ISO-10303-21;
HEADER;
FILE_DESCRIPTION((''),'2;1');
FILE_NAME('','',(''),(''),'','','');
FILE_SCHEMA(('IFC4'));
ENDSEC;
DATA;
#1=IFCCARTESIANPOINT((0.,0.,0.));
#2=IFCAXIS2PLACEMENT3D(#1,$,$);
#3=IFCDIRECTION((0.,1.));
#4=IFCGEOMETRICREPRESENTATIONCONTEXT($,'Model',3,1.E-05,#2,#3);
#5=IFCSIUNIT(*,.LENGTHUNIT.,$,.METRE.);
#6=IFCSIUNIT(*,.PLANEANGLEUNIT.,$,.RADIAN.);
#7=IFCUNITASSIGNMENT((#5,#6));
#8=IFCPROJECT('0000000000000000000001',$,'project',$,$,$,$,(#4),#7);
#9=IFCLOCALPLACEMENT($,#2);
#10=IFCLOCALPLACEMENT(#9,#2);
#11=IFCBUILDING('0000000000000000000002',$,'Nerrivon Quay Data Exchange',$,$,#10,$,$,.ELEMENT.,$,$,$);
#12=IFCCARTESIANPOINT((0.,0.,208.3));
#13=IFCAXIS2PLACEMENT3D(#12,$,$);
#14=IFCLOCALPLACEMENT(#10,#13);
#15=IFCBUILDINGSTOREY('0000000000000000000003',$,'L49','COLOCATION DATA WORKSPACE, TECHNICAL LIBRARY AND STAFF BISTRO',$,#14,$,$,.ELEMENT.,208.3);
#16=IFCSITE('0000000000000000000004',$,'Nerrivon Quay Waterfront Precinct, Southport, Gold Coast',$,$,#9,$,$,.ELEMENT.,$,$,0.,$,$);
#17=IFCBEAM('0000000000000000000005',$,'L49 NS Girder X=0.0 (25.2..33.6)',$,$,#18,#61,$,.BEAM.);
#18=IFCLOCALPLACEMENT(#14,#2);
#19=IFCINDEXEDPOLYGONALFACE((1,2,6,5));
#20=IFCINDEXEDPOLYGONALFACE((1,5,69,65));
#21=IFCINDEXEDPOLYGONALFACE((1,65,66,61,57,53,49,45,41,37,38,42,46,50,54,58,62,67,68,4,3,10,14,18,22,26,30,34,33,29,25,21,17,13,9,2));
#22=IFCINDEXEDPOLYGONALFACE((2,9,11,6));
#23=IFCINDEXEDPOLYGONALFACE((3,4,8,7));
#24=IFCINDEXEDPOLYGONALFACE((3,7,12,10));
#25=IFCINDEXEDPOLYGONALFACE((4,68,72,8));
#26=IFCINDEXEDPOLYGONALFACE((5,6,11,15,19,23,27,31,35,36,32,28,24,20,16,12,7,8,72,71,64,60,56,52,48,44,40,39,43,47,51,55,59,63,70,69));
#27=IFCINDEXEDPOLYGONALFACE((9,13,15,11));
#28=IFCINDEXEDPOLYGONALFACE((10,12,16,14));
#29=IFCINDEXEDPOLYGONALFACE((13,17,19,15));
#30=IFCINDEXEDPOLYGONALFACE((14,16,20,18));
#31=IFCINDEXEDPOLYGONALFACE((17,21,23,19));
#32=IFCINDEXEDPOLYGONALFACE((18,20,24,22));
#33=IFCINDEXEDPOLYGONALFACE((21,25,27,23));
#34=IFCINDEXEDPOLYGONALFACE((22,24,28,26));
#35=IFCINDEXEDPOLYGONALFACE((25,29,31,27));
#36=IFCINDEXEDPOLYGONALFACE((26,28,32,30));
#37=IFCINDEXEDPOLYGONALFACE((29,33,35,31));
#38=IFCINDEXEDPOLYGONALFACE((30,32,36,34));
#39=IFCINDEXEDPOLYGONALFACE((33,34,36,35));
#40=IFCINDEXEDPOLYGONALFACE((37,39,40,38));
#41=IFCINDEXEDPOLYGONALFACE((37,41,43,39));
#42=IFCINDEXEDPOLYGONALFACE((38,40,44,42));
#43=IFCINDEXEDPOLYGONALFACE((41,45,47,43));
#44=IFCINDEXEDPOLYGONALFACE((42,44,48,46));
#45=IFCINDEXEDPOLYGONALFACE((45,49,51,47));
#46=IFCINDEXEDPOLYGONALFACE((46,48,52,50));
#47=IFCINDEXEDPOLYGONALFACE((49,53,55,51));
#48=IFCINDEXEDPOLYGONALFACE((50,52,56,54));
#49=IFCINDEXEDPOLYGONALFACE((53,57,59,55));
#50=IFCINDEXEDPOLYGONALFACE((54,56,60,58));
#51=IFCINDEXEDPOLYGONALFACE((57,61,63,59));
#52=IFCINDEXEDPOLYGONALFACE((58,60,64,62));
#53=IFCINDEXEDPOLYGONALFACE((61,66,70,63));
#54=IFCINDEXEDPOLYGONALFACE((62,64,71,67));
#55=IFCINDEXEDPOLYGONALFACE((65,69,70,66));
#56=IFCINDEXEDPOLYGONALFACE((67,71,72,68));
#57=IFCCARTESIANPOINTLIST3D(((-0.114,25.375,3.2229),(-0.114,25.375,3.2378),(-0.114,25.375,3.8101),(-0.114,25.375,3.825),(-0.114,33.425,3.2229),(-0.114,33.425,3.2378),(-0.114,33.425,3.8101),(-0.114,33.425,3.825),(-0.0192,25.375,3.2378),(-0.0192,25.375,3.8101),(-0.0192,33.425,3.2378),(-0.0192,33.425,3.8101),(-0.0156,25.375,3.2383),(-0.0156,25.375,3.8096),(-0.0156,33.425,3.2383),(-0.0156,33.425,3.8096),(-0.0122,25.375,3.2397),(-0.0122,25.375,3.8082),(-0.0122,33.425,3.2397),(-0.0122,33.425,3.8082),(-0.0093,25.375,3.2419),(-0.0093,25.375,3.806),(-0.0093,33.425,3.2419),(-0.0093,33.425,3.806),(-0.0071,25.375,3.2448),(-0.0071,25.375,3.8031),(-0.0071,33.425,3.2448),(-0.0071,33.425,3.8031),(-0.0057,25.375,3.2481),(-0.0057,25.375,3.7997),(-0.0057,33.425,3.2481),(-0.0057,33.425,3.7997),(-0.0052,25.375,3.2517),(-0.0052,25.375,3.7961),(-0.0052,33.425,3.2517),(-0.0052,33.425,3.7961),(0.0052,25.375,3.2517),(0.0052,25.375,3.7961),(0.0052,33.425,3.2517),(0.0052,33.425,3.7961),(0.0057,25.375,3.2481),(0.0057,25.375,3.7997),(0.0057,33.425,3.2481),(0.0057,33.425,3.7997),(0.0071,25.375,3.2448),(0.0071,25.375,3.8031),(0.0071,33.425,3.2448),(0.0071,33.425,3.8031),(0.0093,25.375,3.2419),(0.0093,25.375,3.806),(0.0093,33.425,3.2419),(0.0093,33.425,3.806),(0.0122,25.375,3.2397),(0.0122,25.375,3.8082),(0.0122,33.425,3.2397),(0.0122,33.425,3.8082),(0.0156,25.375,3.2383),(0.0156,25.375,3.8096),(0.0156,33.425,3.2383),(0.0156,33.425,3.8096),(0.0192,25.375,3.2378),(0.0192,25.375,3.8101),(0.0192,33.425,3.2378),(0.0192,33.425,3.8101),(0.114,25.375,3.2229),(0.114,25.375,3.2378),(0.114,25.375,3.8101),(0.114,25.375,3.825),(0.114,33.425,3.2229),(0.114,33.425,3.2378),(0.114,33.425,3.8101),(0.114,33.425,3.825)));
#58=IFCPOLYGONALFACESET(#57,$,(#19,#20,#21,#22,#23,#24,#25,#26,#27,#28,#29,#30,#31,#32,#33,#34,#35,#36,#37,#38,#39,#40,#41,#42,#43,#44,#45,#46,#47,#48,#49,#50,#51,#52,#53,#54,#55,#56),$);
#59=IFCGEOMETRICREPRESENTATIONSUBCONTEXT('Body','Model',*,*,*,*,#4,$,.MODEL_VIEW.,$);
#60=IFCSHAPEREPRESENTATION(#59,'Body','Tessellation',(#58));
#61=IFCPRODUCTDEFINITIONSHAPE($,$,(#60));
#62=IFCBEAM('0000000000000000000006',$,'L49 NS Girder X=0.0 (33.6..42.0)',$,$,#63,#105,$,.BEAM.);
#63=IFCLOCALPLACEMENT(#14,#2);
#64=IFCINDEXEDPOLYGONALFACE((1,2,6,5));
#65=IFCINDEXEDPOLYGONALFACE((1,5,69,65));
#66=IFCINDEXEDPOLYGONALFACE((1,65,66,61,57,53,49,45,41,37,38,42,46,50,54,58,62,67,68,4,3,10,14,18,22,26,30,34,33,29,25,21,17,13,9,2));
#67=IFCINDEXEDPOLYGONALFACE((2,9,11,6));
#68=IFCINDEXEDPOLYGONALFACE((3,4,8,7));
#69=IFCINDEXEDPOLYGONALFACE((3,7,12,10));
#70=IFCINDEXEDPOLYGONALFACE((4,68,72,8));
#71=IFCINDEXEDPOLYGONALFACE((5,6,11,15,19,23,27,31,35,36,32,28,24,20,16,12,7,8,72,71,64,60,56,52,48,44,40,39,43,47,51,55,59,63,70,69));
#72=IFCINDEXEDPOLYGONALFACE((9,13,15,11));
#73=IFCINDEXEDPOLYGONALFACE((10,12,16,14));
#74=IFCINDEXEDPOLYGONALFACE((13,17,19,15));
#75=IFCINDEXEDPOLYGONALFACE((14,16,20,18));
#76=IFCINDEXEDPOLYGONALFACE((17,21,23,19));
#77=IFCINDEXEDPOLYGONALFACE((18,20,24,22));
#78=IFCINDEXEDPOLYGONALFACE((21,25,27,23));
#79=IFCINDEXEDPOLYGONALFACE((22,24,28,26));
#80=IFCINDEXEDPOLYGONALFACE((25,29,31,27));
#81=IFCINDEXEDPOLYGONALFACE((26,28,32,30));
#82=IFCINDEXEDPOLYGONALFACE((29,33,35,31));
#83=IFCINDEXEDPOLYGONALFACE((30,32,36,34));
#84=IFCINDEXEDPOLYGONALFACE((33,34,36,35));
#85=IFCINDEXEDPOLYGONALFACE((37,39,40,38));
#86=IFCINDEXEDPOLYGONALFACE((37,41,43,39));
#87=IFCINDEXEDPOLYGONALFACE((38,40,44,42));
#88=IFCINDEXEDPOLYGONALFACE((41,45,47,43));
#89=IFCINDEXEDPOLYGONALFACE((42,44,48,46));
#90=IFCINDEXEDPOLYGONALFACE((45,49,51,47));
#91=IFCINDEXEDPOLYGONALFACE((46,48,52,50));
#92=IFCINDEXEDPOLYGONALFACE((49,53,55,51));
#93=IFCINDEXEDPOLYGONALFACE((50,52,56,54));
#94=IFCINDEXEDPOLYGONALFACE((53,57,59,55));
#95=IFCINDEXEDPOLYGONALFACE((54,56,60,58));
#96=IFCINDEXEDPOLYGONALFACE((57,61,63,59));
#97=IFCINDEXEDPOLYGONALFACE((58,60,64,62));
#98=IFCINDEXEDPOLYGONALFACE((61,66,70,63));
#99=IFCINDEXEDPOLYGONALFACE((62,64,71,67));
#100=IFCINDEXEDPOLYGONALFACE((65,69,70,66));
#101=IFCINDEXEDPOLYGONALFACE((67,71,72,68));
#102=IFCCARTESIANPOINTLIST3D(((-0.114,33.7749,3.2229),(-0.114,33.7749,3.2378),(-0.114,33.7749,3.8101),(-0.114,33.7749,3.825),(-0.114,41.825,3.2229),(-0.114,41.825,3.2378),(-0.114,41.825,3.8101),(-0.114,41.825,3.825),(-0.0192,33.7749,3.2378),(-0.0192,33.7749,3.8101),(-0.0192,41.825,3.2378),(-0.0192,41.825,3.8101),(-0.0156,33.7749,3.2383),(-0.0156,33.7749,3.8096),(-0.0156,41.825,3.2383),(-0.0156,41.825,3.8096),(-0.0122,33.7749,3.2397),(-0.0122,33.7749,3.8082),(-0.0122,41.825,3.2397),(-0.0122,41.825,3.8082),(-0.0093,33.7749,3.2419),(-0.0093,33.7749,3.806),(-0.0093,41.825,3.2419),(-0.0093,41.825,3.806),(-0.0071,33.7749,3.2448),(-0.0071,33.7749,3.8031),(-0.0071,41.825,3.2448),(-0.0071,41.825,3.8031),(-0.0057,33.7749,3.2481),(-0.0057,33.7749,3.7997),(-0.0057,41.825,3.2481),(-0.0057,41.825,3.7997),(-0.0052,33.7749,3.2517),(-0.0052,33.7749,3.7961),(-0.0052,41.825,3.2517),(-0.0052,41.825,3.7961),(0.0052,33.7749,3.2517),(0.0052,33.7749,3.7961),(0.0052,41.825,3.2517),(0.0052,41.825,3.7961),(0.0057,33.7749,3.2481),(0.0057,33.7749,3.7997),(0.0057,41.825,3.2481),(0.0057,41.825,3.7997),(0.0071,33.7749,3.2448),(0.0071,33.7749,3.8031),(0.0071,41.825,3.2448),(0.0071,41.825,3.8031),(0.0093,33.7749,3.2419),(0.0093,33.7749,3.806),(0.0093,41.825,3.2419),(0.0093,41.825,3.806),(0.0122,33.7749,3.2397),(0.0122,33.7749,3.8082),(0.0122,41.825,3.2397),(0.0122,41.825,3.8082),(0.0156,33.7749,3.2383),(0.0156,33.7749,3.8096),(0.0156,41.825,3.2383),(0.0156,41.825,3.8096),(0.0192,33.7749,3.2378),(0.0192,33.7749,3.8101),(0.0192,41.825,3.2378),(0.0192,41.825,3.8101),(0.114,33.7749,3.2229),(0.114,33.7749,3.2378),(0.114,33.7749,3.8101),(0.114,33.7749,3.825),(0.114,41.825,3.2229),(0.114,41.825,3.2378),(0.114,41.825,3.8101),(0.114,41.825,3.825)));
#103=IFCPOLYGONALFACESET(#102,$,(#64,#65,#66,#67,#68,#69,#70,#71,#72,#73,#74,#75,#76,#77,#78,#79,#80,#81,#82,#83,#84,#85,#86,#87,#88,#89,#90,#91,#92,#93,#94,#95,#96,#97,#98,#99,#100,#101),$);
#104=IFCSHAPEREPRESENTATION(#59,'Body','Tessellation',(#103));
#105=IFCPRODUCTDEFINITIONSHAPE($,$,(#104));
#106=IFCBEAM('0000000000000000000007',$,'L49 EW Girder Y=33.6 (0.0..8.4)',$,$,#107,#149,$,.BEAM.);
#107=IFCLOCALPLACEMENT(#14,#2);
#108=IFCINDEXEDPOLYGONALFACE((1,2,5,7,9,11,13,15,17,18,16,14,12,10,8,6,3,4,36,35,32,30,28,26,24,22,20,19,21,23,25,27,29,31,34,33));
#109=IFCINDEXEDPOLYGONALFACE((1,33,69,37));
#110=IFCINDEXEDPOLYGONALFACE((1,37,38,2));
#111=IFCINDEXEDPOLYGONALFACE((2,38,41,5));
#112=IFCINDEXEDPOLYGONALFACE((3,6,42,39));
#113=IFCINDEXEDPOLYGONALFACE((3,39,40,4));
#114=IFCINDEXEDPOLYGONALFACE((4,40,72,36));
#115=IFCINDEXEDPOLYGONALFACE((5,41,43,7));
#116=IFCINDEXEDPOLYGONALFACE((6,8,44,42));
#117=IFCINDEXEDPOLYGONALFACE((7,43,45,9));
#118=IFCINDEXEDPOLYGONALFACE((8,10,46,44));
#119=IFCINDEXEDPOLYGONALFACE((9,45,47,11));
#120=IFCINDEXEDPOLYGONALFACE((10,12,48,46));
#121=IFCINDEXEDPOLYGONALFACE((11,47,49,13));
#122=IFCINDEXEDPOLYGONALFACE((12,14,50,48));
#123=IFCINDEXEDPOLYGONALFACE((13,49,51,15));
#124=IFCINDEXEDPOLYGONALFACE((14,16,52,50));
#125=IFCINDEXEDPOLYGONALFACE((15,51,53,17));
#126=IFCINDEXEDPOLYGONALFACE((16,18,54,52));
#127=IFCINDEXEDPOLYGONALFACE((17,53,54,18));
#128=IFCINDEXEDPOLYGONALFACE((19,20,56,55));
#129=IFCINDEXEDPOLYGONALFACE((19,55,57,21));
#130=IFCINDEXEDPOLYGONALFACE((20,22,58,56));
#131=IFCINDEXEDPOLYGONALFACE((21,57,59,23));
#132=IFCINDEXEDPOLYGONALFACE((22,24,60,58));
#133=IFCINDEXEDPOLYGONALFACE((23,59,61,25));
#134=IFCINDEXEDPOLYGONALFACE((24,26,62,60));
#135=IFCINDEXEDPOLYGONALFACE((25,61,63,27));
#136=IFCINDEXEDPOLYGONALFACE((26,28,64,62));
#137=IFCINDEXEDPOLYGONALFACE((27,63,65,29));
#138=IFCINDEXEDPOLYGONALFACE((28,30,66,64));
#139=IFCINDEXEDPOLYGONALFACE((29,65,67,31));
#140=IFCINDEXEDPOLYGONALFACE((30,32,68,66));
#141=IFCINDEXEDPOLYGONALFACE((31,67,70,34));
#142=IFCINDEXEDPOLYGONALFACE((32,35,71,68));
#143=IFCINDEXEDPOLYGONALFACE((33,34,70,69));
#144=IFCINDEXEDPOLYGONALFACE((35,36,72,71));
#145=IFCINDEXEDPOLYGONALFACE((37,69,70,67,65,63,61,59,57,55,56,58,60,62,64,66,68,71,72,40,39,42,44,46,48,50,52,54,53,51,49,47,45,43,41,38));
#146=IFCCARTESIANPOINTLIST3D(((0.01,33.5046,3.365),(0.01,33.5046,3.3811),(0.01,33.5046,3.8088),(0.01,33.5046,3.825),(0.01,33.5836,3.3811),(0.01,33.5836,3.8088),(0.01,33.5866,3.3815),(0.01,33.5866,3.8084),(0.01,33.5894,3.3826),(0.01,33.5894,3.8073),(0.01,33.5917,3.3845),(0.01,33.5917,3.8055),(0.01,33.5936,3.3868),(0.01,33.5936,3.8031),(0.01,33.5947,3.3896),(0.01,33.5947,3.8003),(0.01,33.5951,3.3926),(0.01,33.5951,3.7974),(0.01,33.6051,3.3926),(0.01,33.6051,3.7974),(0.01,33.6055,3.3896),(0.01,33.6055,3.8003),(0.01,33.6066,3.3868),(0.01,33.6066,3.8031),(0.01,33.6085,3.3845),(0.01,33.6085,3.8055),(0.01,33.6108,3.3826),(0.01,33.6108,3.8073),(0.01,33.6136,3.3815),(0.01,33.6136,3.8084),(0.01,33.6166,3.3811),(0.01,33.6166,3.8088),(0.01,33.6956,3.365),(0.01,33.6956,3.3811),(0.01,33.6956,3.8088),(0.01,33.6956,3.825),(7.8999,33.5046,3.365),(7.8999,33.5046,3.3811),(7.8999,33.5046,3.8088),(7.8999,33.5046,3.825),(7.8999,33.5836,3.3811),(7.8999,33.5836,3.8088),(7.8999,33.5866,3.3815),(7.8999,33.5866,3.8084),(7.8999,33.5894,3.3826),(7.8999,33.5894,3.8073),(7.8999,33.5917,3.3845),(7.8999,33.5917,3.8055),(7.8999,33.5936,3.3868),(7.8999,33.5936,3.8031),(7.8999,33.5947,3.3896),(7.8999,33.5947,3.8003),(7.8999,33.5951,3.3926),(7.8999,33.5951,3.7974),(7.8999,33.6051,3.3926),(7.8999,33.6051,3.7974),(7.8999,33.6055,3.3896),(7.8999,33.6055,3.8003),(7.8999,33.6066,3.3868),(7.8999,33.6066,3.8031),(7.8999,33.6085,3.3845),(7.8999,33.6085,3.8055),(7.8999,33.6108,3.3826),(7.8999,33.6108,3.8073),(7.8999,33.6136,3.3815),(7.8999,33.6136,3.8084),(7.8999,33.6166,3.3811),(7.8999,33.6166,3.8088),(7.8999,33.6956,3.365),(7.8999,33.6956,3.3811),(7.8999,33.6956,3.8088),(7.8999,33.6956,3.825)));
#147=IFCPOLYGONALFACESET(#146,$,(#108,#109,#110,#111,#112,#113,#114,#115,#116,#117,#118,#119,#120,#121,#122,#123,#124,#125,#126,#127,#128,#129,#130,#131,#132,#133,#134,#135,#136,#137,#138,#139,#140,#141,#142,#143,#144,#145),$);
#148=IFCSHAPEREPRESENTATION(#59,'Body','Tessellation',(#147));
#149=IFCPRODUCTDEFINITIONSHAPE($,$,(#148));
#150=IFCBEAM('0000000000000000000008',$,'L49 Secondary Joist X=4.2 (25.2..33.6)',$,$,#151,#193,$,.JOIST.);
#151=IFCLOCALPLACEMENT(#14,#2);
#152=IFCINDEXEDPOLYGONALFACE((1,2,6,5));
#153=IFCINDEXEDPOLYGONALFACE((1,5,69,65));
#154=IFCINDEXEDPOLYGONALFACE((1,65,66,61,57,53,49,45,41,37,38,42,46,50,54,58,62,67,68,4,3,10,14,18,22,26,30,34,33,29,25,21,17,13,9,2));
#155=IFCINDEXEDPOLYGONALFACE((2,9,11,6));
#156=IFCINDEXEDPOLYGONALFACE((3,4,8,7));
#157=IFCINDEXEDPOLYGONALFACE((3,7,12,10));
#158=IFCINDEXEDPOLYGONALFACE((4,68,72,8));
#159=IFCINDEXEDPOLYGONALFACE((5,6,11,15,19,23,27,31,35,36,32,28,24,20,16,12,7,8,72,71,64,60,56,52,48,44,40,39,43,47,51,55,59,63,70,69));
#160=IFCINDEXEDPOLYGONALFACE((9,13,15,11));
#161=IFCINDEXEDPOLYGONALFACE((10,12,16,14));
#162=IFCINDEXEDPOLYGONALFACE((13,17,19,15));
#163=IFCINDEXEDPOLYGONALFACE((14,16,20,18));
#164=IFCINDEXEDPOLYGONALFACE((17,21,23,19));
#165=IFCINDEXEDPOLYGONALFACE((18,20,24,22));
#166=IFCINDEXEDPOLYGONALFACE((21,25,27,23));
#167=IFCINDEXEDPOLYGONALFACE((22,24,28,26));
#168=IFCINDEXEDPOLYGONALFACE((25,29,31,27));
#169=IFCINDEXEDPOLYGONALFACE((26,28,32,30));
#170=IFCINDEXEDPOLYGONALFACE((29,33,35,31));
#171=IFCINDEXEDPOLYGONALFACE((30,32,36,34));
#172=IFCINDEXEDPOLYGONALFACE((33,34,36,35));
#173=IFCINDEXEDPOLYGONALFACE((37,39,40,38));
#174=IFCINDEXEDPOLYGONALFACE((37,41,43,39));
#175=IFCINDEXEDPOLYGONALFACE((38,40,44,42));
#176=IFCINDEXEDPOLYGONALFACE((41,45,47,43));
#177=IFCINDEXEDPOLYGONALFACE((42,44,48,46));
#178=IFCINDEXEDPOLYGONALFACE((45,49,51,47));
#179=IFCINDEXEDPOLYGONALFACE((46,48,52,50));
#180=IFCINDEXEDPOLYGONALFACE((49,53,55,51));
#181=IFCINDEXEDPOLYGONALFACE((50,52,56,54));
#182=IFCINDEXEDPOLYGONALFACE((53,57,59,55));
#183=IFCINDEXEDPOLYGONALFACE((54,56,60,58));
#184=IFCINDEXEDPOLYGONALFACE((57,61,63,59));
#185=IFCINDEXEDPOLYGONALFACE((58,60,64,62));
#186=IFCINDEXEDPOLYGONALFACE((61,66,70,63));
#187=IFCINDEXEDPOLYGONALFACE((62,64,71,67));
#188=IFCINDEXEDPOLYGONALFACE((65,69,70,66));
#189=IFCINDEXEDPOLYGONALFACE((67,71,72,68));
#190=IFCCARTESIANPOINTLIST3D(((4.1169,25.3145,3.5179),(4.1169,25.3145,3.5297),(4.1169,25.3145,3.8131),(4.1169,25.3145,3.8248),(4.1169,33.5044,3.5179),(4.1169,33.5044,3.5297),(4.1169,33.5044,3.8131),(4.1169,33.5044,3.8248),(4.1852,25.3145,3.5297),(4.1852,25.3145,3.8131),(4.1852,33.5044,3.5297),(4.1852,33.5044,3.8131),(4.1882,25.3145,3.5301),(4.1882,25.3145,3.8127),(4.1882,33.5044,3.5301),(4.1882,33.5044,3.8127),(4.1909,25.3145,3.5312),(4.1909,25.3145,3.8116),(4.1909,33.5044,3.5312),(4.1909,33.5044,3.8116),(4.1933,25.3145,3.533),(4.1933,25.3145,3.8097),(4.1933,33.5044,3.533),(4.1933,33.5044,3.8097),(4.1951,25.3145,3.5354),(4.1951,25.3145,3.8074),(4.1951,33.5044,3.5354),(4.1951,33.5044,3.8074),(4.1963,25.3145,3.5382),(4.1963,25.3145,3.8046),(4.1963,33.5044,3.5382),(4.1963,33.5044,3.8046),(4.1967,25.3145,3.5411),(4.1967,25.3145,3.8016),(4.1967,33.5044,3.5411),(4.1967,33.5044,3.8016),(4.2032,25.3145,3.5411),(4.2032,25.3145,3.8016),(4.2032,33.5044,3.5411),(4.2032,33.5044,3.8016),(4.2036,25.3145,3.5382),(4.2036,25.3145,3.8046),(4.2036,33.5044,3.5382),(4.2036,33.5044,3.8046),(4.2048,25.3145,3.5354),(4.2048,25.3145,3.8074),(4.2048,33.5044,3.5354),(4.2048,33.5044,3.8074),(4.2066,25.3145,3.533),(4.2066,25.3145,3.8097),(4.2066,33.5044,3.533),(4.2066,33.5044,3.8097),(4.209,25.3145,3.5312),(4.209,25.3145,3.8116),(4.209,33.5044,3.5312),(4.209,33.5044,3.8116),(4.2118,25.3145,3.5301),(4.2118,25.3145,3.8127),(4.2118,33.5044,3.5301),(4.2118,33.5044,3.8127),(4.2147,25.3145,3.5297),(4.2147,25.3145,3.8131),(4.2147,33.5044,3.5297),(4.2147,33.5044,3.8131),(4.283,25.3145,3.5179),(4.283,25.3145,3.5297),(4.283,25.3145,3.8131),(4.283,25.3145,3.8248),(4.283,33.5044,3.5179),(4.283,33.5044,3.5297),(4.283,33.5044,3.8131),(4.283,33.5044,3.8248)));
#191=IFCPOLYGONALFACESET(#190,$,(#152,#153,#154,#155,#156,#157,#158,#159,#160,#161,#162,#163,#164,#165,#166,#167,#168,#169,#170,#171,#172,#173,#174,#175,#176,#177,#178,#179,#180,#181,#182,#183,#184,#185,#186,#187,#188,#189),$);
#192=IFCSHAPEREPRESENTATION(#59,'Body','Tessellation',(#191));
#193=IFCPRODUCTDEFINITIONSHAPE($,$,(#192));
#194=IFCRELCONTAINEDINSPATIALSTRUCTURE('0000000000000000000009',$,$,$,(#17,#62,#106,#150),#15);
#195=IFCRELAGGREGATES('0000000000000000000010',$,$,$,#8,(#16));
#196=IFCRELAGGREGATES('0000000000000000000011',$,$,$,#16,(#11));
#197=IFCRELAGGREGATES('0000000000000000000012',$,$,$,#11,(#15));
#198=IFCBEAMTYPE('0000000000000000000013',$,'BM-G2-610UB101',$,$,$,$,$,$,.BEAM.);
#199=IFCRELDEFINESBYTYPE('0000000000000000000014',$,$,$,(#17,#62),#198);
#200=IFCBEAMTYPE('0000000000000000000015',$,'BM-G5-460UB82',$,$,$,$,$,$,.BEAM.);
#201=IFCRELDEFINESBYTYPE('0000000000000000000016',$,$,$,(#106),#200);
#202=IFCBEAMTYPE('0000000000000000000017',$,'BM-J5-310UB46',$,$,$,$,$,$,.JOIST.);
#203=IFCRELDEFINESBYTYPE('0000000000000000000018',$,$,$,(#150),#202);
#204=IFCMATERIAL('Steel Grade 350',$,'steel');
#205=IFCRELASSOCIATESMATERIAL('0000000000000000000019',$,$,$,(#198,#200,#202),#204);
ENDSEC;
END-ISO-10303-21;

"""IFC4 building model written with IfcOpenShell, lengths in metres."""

from ifc_helpers import new_model, si_unit, direction, frame, origin, origin_2d, place, context, subcontext, project, spatial, i_section, extrude, material, material_profile, profile_set, type_object, element, save


model = new_model("IFC4")

# Units and contexts
model_context = context("Model", 3, precision=1e-05, world=origin(), true_north=direction((0.0, 1.0)))
body_context = subcontext(model_context, "Body", "Model", "MODEL_VIEW")
ifc_project = project(units=[si_unit("LENGTHUNIT", "METRE"), si_unit("PLANEANGLEUNIT", "RADIAN")], contexts=[model_context])

# Site, building, storey
site_placement = place(None, origin())
site = spatial("IfcSite", under=ifc_project, at=site_placement, Name="Nerrivon Quay Waterfront Precinct, Southport, Gold Coast", CompositionType="ELEMENT", RefElevation=0.0)
building_placement = place(site_placement, origin())
building = spatial("IfcBuilding", under=site, at=building_placement, Name="Nerrivon Quay Data Exchange", CompositionType="ELEMENT")
storey_placement = place(building_placement, frame((0.0, 0.0, 208.3)))
storey = spatial("IfcBuildingStorey", under=building, at=storey_placement, Name="L49", Description="COLOCATION DATA WORKSPACE, TECHNICAL LIBRARY AND STAFF BISTRO", CompositionType="ELEMENT", Elevation=208.3)

# Shared definitions
ifc_material_1 = material(Name="Steel Grade 350", Category="steel")

# Beams
ifc_material_profile_1 = material_profile(ifc_material_1, i_section(OverallWidth=0.228, OverallDepth=0.6021, WebThickness=0.0105, FlangeThickness=0.0149, FilletRadius=0.0139, at=origin_2d()), Name="610UB101")
ifc_profile_set_1 = profile_set([ifc_material_profile_1], Name="Steel Grade 350")
beam_type_1 = type_object("IfcBeamType", Name="BM-G2-610UB101", PredefinedType="BEAM", material=ifc_profile_set_1)
for number, where, z_axis, x_axis, name in (
    (1, (0.0, 25.375, 3.5239), (0.0, 1.0, 0.0), (-1.0, 0.0, 0.0), "L49 NS Girder X=0.0 (25.2..33.6)"),
    (2, (0.0, 33.7749, 3.5239), (0.0, 1.0, 0.0), (-1.0, 0.0, 0.0), "L49 NS Girder X=0.0 (33.6..42.0)"),
):
    element("IfcBeam", number, at=place(storey_placement, frame(where, z_axis=z_axis, x_axis=x_axis)), inside=storey, type_object=beam_type_1, Name=name, PredefinedType="BEAM", context=body_context, shape_type="SweptSolid", body=[
        extrude(i_section(OverallWidth=0.228, OverallDepth=0.6021, WebThickness=0.0105, FlangeThickness=0.0149, FilletRadius=0.0139, at=origin_2d()), origin(), (0.0, 0.0, 1.0), 8.05),
    ])
ifc_material_profile_2 = material_profile(ifc_material_1, i_section(OverallWidth=0.1909, OverallDepth=0.46, WebThickness=0.01, FlangeThickness=0.0161, FilletRadius=0.0115, at=origin_2d()), Name="460UB82.1")
ifc_profile_set_2 = profile_set([ifc_material_profile_2], Name="Steel Grade 350")
beam_type_2 = type_object("IfcBeamType", Name="BM-G5-460UB82", PredefinedType="BEAM", material=ifc_profile_set_2)
beam_1_placement = place(storey_placement, frame((0.01, 33.6001, 3.595), z_axis=(1.0, 0.0, 0.0), x_axis=(0.0, 1.0, 0.0)))
element("IfcBeam", 3, at=beam_1_placement, inside=storey, type_object=beam_type_2, Name="L49 EW Girder Y=33.6 (0.0..8.4)", PredefinedType="BEAM", context=body_context, shape_type="SweptSolid", body=[
    extrude(i_section(OverallWidth=0.1909, OverallDepth=0.46, WebThickness=0.01, FlangeThickness=0.0161, FilletRadius=0.0115, at=origin_2d()), origin(), (0.0, 0.0, 1.0), 7.8899),
])
ifc_material_profile_3 = material_profile(ifc_material_1, i_section(OverallWidth=0.166, OverallDepth=0.3069, WebThickness=0.0066, FlangeThickness=0.0117, FilletRadius=0.0115, at=origin_2d()), Name="310UB46.2")
ifc_profile_set_3 = profile_set([ifc_material_profile_3], Name="Steel Grade 350")
beam_type_3 = type_object("IfcBeamType", Name="BM-J5-310UB46", PredefinedType="JOIST", material=ifc_profile_set_3)
beam_2_placement = place(storey_placement, frame((4.2, 25.3145, 3.6714), z_axis=(0.0, 1.0, 0.0), x_axis=(-1.0, 0.0, 0.0)))
element("IfcBeam", 4, at=beam_2_placement, inside=storey, type_object=beam_type_3, Name="L49 Secondary Joist X=4.2 (25.2..33.6)", PredefinedType="JOIST", context=body_context, shape_type="SweptSolid", body=[
    extrude(i_section(OverallWidth=0.166, OverallDepth=0.3069, WebThickness=0.0066, FlangeThickness=0.0117, FilletRadius=0.0115, at=origin_2d()), origin(), (0.0, 0.0, 1.0), 8.1899),
])

save(model, "model.ifc")
